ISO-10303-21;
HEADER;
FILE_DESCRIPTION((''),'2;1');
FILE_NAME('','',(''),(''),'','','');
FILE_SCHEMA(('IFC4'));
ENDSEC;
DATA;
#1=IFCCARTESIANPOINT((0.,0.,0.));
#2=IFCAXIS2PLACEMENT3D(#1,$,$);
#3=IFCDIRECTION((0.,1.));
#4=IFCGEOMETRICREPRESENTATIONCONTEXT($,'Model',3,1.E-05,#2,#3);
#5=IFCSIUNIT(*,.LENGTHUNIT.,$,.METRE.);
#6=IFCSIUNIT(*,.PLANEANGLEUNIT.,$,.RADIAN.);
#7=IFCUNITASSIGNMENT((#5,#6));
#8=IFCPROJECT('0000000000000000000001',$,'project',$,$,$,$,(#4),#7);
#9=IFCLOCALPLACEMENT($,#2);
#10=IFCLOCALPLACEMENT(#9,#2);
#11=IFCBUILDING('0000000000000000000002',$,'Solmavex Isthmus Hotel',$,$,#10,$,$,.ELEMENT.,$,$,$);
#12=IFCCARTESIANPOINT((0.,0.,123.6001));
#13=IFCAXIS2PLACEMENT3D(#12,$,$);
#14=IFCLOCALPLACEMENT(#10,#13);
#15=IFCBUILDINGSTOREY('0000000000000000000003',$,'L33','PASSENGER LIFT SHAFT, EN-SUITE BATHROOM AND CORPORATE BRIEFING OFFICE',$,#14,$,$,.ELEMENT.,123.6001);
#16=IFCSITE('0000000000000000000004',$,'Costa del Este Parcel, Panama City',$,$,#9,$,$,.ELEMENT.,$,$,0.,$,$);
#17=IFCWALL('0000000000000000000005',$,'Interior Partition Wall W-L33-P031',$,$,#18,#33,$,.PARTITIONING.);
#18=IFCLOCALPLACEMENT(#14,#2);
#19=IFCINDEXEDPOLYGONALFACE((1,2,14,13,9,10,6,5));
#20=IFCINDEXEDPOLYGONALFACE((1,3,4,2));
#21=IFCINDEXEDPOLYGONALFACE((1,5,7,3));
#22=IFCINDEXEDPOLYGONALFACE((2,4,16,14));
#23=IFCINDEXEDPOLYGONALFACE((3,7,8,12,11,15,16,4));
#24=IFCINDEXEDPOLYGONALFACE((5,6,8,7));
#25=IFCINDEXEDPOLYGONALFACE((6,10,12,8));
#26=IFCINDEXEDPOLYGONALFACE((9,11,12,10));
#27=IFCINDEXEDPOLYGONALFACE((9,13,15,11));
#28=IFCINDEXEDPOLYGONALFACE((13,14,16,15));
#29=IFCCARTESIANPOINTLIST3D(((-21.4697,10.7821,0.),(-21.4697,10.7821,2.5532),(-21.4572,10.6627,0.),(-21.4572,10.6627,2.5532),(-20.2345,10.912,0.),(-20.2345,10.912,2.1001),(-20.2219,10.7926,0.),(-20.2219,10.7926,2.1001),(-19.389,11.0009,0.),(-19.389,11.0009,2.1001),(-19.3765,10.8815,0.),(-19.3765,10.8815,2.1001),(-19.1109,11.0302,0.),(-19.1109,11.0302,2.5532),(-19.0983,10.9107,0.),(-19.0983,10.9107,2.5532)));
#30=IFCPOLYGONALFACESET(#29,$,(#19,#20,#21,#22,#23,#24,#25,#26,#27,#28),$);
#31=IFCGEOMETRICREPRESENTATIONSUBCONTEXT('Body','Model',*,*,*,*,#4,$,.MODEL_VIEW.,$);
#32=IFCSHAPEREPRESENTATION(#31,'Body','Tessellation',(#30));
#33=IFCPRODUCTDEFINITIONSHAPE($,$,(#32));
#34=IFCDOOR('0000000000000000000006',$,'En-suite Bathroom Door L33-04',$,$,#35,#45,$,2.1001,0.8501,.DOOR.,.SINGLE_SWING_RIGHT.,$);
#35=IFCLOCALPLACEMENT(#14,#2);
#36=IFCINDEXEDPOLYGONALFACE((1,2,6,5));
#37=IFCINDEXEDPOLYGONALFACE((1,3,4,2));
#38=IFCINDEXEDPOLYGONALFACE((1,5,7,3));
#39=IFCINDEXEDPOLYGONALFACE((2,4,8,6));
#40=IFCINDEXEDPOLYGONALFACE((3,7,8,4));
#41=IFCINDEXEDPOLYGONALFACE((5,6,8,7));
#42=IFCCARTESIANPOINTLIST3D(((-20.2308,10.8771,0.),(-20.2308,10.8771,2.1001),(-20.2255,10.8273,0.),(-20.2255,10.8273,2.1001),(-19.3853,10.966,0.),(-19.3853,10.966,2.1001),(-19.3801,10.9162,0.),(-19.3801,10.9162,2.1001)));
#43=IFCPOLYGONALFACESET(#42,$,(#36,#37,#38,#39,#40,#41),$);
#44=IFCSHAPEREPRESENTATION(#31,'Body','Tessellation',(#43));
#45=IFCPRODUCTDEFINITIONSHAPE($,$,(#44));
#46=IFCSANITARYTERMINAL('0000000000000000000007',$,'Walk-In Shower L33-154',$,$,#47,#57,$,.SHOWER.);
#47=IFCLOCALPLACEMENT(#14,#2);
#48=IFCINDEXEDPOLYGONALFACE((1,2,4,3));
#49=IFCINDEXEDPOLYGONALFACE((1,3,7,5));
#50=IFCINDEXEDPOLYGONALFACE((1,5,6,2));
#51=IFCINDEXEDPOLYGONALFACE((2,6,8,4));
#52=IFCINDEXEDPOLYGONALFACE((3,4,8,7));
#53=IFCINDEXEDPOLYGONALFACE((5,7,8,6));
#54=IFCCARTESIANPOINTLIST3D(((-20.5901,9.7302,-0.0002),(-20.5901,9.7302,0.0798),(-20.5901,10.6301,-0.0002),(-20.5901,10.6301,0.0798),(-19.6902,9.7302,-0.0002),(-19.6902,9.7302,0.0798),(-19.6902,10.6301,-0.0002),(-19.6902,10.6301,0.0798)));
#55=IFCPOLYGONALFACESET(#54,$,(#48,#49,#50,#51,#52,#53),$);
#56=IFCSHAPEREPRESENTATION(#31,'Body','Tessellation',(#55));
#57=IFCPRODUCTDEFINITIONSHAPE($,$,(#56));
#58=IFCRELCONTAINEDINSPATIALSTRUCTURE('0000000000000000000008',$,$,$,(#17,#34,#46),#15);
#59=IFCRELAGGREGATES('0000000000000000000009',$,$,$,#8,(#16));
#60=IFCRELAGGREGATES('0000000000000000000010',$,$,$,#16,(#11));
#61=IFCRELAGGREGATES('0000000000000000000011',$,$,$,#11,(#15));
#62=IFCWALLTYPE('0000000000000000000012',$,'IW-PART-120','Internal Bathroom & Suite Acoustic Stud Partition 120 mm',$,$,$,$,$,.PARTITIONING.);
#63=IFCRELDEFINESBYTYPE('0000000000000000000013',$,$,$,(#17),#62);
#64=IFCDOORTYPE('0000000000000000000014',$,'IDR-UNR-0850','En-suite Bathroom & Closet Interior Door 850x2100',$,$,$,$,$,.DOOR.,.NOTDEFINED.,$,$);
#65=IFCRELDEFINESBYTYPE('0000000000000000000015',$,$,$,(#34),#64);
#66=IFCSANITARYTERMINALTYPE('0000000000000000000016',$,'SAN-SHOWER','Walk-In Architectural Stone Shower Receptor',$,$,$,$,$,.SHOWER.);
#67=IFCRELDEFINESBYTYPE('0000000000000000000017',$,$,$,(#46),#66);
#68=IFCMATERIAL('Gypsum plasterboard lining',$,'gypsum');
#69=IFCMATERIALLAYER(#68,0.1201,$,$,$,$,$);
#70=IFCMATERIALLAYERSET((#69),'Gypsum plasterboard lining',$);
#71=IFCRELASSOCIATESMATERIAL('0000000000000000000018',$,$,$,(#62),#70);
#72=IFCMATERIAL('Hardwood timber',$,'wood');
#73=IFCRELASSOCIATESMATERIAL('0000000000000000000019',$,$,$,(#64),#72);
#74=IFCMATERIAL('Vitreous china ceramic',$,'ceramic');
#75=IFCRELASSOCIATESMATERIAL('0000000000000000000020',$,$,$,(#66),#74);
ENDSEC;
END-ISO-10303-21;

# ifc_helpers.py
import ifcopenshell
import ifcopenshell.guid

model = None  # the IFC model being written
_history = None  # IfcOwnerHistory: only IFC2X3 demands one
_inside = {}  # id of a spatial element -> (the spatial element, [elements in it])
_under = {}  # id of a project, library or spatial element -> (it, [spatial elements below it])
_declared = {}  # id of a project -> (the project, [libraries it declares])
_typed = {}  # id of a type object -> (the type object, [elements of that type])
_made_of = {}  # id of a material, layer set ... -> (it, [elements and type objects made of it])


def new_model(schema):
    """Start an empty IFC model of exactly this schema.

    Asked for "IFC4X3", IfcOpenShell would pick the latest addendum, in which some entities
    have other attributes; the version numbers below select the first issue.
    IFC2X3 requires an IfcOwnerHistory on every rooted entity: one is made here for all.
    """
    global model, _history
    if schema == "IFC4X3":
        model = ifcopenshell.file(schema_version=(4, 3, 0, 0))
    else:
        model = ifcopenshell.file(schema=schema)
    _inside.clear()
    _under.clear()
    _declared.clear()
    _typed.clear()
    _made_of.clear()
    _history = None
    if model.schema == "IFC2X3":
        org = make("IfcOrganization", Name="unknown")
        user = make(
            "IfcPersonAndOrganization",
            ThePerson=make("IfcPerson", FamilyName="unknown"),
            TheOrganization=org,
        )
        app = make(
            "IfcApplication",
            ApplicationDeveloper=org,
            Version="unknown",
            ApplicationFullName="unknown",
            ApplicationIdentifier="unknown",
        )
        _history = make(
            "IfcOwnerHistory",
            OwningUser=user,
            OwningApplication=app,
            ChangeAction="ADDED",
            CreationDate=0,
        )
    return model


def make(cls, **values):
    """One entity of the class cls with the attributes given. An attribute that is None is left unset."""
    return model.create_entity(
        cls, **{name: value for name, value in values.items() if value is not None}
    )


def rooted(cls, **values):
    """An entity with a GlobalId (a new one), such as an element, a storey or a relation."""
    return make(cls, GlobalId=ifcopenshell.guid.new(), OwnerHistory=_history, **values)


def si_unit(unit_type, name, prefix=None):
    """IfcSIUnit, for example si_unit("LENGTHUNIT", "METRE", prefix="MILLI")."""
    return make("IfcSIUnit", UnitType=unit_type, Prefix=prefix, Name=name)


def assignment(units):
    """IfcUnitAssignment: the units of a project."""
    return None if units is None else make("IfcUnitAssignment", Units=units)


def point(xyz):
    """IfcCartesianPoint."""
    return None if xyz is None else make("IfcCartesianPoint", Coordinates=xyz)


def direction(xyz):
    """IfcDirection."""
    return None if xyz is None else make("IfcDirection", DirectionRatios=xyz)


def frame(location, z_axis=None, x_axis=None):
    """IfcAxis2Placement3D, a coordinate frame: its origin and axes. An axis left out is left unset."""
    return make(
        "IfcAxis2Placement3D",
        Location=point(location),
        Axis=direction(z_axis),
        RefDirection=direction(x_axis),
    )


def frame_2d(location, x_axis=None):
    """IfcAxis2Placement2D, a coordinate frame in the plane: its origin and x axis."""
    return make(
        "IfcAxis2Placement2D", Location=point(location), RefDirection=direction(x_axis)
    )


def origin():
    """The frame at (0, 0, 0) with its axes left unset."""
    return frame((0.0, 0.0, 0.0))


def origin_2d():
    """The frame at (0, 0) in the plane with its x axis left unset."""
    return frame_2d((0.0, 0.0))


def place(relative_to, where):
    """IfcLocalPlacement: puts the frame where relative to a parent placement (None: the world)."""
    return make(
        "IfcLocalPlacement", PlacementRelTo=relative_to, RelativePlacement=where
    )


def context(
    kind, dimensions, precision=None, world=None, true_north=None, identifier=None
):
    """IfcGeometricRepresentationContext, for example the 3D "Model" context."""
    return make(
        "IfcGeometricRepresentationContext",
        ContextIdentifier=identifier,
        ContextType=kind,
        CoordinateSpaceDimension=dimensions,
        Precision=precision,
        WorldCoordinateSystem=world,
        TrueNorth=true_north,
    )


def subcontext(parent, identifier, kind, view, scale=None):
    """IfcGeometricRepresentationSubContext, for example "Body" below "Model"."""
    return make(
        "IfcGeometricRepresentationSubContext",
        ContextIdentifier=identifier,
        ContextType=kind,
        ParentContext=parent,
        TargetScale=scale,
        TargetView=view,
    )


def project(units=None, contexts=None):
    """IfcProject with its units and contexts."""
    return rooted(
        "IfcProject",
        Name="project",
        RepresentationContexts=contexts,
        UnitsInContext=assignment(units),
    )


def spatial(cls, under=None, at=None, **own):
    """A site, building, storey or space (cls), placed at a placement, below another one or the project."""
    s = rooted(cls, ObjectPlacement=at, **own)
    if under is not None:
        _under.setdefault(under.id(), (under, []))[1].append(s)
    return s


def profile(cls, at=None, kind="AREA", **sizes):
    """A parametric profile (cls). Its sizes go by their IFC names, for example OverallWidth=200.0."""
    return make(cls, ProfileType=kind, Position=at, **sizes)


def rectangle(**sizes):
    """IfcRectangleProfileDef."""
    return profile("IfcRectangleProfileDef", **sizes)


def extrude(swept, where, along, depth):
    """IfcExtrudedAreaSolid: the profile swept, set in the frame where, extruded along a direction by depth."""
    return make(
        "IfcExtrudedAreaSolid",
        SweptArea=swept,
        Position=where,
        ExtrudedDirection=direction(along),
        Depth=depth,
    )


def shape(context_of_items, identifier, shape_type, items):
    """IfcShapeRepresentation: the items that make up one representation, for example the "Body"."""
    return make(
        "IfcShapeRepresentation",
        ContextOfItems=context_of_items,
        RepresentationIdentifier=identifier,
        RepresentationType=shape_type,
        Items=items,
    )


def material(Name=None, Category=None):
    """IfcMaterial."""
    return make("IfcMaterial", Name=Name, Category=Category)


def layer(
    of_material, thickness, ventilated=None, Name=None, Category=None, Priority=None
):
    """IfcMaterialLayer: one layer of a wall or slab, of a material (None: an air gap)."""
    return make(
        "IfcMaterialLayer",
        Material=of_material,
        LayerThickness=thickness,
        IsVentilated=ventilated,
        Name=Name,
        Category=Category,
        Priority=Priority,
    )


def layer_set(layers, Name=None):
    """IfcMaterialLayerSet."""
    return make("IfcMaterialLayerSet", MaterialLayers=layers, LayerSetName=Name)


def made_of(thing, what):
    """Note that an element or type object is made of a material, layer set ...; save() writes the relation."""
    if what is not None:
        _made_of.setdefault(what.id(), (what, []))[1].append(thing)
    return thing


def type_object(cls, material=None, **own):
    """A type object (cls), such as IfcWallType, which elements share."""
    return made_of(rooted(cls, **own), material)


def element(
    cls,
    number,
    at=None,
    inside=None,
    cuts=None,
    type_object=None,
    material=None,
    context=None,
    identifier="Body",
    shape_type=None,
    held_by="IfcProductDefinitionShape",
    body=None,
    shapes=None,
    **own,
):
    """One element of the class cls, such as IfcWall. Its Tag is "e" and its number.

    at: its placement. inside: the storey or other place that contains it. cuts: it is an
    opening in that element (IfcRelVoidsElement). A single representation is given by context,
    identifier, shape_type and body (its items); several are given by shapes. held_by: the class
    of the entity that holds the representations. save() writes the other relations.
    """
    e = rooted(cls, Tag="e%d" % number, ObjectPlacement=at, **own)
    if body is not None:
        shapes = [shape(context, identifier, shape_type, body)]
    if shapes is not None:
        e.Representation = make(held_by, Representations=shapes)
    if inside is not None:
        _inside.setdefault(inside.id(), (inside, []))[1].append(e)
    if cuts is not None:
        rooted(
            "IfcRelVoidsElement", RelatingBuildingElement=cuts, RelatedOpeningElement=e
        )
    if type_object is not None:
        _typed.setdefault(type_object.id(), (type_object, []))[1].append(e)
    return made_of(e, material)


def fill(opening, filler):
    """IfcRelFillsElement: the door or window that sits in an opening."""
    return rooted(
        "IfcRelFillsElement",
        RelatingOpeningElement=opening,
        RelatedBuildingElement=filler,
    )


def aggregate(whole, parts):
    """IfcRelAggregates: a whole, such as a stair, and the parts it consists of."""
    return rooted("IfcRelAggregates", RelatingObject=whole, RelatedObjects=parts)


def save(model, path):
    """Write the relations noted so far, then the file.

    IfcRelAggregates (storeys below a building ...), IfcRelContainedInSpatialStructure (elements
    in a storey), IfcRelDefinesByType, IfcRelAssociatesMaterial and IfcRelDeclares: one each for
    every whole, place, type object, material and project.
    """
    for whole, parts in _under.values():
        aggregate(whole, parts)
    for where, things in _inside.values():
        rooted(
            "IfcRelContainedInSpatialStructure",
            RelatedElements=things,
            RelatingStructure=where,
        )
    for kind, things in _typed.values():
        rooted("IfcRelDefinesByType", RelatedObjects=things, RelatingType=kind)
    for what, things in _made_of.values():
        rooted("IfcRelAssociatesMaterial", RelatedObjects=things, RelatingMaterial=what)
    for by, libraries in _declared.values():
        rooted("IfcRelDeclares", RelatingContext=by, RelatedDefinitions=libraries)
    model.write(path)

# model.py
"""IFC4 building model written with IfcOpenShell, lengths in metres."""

from ifc_helpers import new_model, si_unit, direction, frame, frame_2d, origin, origin_2d, place, context, subcontext, project, spatial, rectangle, extrude, material, layer, layer_set, type_object, element, fill, save


model = new_model("IFC4")

# Units and contexts
model_context = context("Model", 3, precision=1e-05, world=origin(), true_north=direction((0.0, 1.0)))
body_context = subcontext(model_context, "Body", "Model", "MODEL_VIEW")
ifc_project = project(units=[si_unit("LENGTHUNIT", "METRE"), si_unit("PLANEANGLEUNIT", "RADIAN")], contexts=[model_context])

# Site, building, storey
site_placement = place(None, origin())
site = spatial("IfcSite", under=ifc_project, at=site_placement, Name="Costa del Este Parcel, Panama City", CompositionType="ELEMENT", RefElevation=0.0)
building_placement = place(site_placement, origin())
building = spatial("IfcBuilding", under=site, at=building_placement, Name="Solmavex Isthmus Hotel", CompositionType="ELEMENT")
storey_placement = place(building_placement, frame((0.0, 0.0, 123.6001)))
storey = spatial("IfcBuildingStorey", under=building, at=storey_placement, Name="L33", Description="PASSENGER LIFT SHAFT, EN-SUITE BATHROOM AND CORPORATE BRIEFING OFFICE", CompositionType="ELEMENT", Elevation=123.6001)

# Shared definitions
ifc_material_1 = material(Name="Gypsum plasterboard lining", Category="gypsum")
ifc_material_2 = material(Name="Hardwood timber", Category="wood")

# Shared definitions
ifc_layer_1 = layer(ifc_material_1, 0.1201)
ifc_layer_set_1 = layer_set([ifc_layer_1], Name="Gypsum plasterboard lining")
wall_type_1 = type_object("IfcWallType", Name="IW-PART-120", Description="Internal Bathroom & Suite Acoustic Stud Partition 120 mm", PredefinedType="PARTITIONING", material=ifc_layer_set_1)

# Wall, opening, door
wall_1_placement = place(storey_placement, frame((-19.1045, 10.9705, 0.0), z_axis=(0.0, 0.0, 1.0), x_axis=(-0.994517, -0.104578, 0.0)))
wall_1 = element("IfcWall", 1, at=wall_1_placement, inside=storey, type_object=wall_type_1, Name="Interior Partition Wall W-L33-P031", PredefinedType="PARTITIONING", context=body_context, shape_type="SweptSolid", body=[
    extrude(rectangle(XDim=2.3718, YDim=0.1201, at=frame_2d((1.186, 0.0))), origin(), (0.0, 0.0, 1.0), 2.5532),
])
opening_1_placement = place(wall_1_placement, frame((0.2798, 0.0, 0.0)))
opening_1 = element("IfcOpeningElement", 2, at=opening_1_placement, cuts=wall_1, PredefinedType="OPENING", context=body_context, shape_type="SweptSolid", body=[
    extrude(rectangle(XDim=0.8501, YDim=2.1001, at=frame_2d((0.425, 1.05))), frame((0.0, 0.0701, 0.0), z_axis=(0.0, -1.0, 0.0), x_axis=(1.0, 0.0, 0.0)), (0.0, 0.0, 1.0), 0.1401),
])
door_type_1 = type_object("IfcDoorType", Name="IDR-UNR-0850", Description="En-suite Bathroom & Closet Interior Door 850x2100", OperationType="NOTDEFINED", PredefinedType="DOOR", material=ifc_material_2)
door_1_placement = place(opening_1_placement, frame((0.8501, 0.0, 0.0), z_axis=(0.0, 0.0, 1.0), x_axis=(-1.0, 0.0, 0.0)))
door_1 = element("IfcDoor", 3, at=door_1_placement, inside=storey, type_object=door_type_1, Name="En-suite Bathroom Door L33-04", OperationType="SINGLE_SWING_RIGHT", OverallHeight=2.1001, OverallWidth=0.8501, PredefinedType="DOOR", context=body_context, shape_type="SweptSolid", body=[
    extrude(rectangle(XDim=0.8501, YDim=2.1001, at=frame_2d((0.425, 1.05))), frame((0.0, 0.0249, 0.0), z_axis=(0.0, -1.0, 0.0), x_axis=(1.0, 0.0, 0.0)), (0.0, 0.0, 1.0), 0.05),
])
fill(opening_1, door_1)

# Sanitary terminal
ifc_material_3 = material(Name="Vitreous china ceramic", Category="ceramic")
sanitary_terminal_type = type_object("IfcSanitaryTerminalType", Name="SAN-SHOWER", Description="Walk-In Architectural Stone Shower Receptor", PredefinedType="SHOWER", material=ifc_material_3)
sanitary_terminal_placement = place(storey_placement, frame((-20.1401, 10.1802, -0.0002), z_axis=(0.0, 0.0, 1.0), x_axis=(1.0, 0.0, 0.0)))
element("IfcSanitaryTerminal", 4, at=sanitary_terminal_placement, inside=storey, type_object=sanitary_terminal_type, Name="Walk-In Shower L33-154", PredefinedType="SHOWER", context=body_context, shape_type="SweptSolid", body=[
    extrude(rectangle(XDim=0.8999, YDim=0.8999, at=origin_2d()), origin(), (0.0, 0.0, 1.0), 0.0801),
])

save(model, "model.ifc")
